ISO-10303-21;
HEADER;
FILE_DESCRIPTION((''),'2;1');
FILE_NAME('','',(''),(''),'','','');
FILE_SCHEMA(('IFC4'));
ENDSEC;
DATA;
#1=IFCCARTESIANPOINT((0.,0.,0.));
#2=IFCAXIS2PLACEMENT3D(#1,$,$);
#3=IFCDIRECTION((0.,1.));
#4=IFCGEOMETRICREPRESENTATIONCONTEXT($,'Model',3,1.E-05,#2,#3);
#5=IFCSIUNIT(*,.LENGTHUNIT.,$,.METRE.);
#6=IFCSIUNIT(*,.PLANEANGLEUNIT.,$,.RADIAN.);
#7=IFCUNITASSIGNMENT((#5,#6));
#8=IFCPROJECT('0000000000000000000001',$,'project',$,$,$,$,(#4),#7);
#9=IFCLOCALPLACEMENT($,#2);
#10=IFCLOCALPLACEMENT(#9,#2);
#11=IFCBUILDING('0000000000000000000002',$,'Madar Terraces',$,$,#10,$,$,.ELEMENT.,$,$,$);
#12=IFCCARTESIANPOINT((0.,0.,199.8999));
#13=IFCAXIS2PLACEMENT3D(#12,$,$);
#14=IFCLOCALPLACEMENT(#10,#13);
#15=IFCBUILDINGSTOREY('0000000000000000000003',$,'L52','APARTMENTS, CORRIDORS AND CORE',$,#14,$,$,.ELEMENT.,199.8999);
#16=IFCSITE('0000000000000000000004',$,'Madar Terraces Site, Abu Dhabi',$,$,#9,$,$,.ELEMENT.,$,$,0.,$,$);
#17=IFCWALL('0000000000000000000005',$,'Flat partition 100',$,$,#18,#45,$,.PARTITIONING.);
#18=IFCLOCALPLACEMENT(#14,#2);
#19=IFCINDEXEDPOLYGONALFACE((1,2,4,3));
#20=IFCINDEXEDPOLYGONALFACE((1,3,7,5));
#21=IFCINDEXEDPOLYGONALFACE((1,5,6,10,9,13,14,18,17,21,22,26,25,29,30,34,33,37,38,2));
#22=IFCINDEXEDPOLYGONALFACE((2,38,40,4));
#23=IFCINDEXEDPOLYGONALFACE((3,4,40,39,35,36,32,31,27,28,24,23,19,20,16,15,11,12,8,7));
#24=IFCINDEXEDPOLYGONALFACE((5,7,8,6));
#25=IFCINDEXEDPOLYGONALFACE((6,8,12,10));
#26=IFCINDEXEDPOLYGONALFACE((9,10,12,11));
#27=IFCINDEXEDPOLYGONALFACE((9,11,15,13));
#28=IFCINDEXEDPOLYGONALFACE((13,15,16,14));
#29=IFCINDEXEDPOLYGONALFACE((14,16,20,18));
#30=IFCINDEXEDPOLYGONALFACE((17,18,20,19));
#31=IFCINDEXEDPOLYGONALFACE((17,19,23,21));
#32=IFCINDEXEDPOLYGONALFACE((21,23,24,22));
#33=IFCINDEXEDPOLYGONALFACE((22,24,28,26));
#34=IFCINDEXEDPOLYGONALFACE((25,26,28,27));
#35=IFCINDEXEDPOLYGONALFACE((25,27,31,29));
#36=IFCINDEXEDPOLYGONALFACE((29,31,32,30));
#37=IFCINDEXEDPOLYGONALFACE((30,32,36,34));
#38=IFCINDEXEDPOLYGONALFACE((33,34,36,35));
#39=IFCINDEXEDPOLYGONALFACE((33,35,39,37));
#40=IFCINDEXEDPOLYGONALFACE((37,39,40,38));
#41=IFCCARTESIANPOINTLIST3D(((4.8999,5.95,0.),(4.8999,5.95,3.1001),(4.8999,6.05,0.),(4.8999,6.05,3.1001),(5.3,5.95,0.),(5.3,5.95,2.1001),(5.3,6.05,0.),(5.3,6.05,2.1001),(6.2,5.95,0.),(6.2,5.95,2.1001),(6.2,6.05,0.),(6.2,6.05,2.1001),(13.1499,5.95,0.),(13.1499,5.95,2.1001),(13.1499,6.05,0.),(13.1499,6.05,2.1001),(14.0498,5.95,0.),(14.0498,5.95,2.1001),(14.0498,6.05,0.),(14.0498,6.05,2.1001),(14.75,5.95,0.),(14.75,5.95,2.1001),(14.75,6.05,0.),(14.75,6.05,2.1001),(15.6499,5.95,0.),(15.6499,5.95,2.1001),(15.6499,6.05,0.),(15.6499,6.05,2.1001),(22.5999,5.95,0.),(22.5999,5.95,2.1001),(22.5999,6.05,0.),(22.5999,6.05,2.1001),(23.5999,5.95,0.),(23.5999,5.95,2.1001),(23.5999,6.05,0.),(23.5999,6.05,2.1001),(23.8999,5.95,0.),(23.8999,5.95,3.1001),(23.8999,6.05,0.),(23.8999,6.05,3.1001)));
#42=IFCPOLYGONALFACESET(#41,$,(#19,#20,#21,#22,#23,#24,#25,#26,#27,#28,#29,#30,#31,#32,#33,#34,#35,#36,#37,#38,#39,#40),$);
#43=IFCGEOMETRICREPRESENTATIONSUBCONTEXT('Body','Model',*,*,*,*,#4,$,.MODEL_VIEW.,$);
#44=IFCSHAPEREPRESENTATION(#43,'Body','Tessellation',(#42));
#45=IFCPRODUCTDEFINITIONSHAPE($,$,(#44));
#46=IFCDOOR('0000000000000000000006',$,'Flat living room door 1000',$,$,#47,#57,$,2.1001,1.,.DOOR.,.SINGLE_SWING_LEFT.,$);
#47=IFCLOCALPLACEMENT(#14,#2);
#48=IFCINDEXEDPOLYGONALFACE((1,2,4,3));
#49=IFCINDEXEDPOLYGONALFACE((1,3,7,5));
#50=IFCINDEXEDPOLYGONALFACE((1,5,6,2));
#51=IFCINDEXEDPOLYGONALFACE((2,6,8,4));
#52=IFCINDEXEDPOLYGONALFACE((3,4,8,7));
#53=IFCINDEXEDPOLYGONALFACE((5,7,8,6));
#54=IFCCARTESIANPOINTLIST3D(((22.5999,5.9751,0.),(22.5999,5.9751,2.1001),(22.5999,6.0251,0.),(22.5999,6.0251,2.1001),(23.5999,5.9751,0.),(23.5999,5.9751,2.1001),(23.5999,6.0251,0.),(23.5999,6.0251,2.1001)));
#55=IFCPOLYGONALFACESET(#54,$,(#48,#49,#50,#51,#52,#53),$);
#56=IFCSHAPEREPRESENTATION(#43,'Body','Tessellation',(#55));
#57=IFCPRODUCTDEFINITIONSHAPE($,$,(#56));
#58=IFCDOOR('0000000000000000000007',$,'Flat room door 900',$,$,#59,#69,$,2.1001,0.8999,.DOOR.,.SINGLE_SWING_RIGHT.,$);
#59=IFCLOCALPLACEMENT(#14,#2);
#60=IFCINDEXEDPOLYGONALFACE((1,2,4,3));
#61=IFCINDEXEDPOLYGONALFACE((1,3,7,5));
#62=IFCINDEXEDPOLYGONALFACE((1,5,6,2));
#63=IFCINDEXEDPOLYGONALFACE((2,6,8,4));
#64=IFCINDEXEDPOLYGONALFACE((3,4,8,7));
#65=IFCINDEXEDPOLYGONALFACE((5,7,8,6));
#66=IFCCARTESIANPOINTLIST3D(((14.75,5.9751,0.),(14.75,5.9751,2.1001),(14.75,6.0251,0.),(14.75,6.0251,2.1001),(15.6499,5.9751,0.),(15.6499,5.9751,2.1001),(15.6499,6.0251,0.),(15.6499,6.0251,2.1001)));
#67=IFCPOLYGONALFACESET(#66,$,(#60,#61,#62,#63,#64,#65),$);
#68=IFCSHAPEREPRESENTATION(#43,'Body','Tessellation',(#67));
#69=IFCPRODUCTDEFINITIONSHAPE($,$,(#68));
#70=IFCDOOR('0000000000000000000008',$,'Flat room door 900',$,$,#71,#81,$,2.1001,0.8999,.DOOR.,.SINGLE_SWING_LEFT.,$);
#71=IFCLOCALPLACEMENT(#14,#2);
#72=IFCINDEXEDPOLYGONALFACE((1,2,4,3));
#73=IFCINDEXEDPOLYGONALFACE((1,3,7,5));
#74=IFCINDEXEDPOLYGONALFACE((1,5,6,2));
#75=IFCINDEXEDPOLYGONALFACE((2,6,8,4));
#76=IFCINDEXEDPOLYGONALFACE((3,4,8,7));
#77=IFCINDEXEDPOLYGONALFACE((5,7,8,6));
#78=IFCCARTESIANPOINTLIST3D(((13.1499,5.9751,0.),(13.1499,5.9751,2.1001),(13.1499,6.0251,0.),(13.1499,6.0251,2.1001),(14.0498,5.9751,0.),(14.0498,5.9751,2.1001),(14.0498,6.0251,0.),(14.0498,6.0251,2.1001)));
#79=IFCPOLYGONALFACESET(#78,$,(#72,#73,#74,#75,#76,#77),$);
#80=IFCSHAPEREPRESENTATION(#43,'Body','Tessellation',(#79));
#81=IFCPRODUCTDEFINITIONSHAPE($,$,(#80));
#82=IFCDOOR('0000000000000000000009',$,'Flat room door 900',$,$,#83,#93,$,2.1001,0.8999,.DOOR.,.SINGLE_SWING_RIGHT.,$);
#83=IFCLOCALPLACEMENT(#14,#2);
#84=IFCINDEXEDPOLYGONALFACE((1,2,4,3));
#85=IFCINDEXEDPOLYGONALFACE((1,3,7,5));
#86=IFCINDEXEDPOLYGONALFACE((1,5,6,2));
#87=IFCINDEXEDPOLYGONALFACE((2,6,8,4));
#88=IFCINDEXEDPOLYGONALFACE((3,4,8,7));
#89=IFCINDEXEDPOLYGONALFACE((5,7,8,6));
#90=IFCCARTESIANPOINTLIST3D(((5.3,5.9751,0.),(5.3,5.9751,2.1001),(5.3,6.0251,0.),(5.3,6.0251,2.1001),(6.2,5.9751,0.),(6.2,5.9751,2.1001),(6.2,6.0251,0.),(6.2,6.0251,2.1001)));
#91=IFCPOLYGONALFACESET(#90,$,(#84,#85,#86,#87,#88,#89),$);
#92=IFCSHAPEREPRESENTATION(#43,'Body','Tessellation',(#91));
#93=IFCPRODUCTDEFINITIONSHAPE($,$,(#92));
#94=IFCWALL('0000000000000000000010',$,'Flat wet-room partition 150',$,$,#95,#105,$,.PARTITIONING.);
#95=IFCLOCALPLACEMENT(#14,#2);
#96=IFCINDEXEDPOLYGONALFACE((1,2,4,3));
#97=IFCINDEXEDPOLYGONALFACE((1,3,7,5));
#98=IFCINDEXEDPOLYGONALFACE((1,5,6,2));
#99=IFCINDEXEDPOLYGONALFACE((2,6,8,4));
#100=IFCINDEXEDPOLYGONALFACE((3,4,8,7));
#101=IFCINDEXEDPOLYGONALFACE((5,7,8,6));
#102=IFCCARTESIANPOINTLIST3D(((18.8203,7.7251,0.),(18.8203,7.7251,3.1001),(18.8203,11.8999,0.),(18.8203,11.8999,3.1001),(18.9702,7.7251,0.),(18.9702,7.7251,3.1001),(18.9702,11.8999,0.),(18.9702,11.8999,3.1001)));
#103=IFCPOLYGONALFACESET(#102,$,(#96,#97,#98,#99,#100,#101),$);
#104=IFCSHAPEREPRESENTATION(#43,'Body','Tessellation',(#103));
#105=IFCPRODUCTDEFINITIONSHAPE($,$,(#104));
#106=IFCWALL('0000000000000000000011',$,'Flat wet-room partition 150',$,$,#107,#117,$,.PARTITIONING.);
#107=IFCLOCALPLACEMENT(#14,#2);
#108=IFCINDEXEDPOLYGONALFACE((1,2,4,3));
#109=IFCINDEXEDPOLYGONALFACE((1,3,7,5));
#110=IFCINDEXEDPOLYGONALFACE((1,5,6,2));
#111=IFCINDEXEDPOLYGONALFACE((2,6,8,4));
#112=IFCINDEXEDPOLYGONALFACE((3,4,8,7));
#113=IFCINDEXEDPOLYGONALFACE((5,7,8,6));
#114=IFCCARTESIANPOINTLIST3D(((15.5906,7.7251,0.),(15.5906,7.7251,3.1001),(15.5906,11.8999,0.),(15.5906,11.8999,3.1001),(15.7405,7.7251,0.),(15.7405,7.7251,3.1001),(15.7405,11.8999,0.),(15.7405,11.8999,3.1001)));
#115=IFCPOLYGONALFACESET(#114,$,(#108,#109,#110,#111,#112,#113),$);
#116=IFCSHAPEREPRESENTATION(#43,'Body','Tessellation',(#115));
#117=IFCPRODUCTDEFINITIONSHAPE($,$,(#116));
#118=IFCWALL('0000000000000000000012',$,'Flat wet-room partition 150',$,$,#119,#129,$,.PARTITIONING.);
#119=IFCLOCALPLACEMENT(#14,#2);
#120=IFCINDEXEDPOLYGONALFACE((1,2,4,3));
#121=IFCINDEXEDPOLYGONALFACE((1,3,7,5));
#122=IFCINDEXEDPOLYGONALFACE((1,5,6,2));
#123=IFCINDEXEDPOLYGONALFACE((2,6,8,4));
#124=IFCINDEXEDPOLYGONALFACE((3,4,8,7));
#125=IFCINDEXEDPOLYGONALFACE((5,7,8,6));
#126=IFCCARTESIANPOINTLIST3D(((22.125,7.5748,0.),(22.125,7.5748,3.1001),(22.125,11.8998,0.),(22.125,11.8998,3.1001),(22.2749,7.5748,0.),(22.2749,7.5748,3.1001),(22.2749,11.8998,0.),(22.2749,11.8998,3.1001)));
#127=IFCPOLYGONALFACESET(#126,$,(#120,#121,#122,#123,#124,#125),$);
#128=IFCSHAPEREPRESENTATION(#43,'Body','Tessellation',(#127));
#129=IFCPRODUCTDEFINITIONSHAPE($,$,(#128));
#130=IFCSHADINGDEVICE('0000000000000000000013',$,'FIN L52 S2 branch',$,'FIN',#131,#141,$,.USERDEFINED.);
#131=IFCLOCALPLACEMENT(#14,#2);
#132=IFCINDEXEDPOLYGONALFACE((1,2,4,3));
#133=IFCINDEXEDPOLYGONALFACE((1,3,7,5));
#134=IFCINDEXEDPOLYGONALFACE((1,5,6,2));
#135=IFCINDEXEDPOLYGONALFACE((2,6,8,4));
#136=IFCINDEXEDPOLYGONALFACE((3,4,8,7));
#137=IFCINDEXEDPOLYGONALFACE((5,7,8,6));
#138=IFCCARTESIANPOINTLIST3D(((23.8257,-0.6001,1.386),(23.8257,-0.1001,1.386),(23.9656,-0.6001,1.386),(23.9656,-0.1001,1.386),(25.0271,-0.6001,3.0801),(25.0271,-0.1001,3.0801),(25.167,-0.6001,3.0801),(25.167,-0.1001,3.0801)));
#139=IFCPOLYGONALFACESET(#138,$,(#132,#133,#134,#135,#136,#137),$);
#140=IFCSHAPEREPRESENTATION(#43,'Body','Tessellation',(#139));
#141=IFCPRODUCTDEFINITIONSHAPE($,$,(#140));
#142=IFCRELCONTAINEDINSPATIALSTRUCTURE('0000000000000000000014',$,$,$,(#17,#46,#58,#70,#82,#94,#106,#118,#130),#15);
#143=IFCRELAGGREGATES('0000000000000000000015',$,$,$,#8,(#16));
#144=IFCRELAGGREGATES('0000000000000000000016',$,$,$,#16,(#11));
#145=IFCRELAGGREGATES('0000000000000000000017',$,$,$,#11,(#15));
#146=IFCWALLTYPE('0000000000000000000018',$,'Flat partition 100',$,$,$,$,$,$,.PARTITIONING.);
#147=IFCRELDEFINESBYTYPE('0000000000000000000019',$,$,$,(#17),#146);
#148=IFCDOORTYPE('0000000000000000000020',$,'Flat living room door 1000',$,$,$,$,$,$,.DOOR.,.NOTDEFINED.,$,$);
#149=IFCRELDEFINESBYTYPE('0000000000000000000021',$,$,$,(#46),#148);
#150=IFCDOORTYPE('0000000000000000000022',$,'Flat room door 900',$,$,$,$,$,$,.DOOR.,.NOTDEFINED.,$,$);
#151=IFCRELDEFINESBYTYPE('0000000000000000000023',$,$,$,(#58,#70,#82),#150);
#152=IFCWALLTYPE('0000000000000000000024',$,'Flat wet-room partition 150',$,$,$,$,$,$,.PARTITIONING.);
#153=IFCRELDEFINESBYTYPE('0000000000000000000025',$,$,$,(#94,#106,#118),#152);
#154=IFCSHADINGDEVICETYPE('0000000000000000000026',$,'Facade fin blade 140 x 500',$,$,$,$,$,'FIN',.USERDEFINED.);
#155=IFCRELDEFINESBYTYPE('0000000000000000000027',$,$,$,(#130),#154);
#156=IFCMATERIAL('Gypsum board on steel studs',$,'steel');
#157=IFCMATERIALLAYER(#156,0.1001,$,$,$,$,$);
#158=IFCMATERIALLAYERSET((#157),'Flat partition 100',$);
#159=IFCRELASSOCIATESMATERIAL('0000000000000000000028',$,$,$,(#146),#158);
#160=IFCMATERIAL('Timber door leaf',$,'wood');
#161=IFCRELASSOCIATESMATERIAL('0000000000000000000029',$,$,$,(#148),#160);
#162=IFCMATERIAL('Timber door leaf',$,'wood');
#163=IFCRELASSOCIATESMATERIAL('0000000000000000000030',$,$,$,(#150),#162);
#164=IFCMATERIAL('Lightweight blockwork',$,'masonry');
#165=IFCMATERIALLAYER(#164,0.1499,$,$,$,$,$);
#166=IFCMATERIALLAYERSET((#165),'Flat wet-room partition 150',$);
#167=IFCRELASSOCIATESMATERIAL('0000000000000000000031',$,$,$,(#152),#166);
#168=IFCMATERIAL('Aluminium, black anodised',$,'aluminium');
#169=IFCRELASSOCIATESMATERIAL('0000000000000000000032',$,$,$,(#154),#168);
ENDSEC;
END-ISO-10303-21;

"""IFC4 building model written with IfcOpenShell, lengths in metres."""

from ifc_helpers import new_model, si_unit, direction, frame, frame_2d, origin, place, context, subcontext, project, spatial, polyline, rectangle, outline, extrude, material, layer, layer_set, type_object, element, fill, save


model = new_model("IFC4")

# Units and contexts
model_context = context("Model", 3, precision=1e-05, world=origin(), true_north=direction((0.0, 1.0)))
body_context = subcontext(model_context, "Body", "Model", "MODEL_VIEW")
ifc_project = project(units=[si_unit("LENGTHUNIT", "METRE"), si_unit("PLANEANGLEUNIT", "RADIAN")], contexts=[model_context])

# Site, building, storey
site_placement = place(None, origin())
site = spatial("IfcSite", under=ifc_project, at=site_placement, Name="Madar Terraces Site, Abu Dhabi", CompositionType="ELEMENT", RefElevation=0.0)
building_placement = place(site_placement, origin())
building = spatial("IfcBuilding", under=site, at=building_placement, Name="Madar Terraces", CompositionType="ELEMENT")
storey_placement = place(building_placement, frame((0.0, 0.0, 199.8999)))
storey = spatial("IfcBuildingStorey", under=building, at=storey_placement, Name="L52", Description="APARTMENTS, CORRIDORS AND CORE", CompositionType="ELEMENT", Elevation=199.8999)

# Shared definitions
ifc_material_1 = material(Name="Gypsum board on steel studs", Category="steel")
ifc_layer_1 = layer(ifc_material_1, 0.1001)
ifc_layer_set_1 = layer_set([ifc_layer_1], Name="Flat partition 100")
wall_type_1 = type_object("IfcWallType", Name="Flat partition 100", PredefinedType="PARTITIONING", material=ifc_layer_set_1)

# Wall, openings, doors
wall_1_placement = place(storey_placement, frame((23.8999, 6.0, 0.0), z_axis=(0.0, 0.0, 1.0), x_axis=(-1.0, 0.0, 0.0)))
wall_1 = element("IfcWall", 1, at=wall_1_placement, inside=storey, type_object=wall_type_1, Name="Flat partition 100", PredefinedType="PARTITIONING", context=body_context, shape_type="SweptSolid", body=[
    extrude(rectangle(XDim=19.0, YDim=0.1001, at=frame_2d((9.5, 0.0))), origin(), (0.0, 0.0, 1.0), 3.1001),
])
opening_1_placement = place(wall_1_placement, frame((0.3, 0.0, 0.0)))
opening_1 = element("IfcOpeningElement", 2, at=opening_1_placement, cuts=wall_1, PredefinedType="OPENING", context=body_context, shape_type="SweptSolid", body=[
    extrude(rectangle(XDim=1.0, YDim=2.1001, at=frame_2d((0.5, 1.05))), frame((0.0, 0.0601, 0.0), z_axis=(0.0, -1.0, 0.0), x_axis=(1.0, 0.0, 0.0)), (0.0, 0.0, 1.0), 0.1201),
])
opening_2_placement = place(wall_1_placement, frame((8.25, 0.0, 0.0)))
opening_2 = element("IfcOpeningElement", 3, at=opening_2_placement, cuts=wall_1, PredefinedType="OPENING", context=body_context, shape_type="SweptSolid", body=[
    extrude(rectangle(XDim=0.8999, YDim=2.1001, at=frame_2d((0.45, 1.05))), frame((0.0, 0.0601, 0.0), z_axis=(0.0, -1.0, 0.0), x_axis=(1.0, 0.0, 0.0)), (0.0, 0.0, 1.0), 0.1201),
])
opening_3_placement = place(wall_1_placement, frame((9.8501, 0.0, 0.0)))
opening_3 = element("IfcOpeningElement", 4, at=opening_3_placement, cuts=wall_1, PredefinedType="OPENING", context=body_context, shape_type="SweptSolid", body=[
    extrude(rectangle(XDim=0.8999, YDim=2.1001, at=frame_2d((0.45, 1.05))), frame((0.0, 0.0601, 0.0), z_axis=(0.0, -1.0, 0.0), x_axis=(1.0, 0.0, 0.0)), (0.0, 0.0, 1.0), 0.1201),
])
opening_4_placement = place(wall_1_placement, frame((17.7, 0.0, 0.0)))
opening_4 = element("IfcOpeningElement", 5, at=opening_4_placement, cuts=wall_1, PredefinedType="OPENING", context=body_context, shape_type="SweptSolid", body=[
    extrude(rectangle(XDim=0.8999, YDim=2.1001, at=frame_2d((0.45, 1.05))), frame((0.0, 0.0601, 0.0), z_axis=(0.0, -1.0, 0.0), x_axis=(1.0, 0.0, 0.0)), (0.0, 0.0, 1.0), 0.1201),
])
ifc_material_2 = material(Name="Timber door leaf", Category="wood")
door_type_1 = type_object("IfcDoorType", Name="Flat living room door 1000", OperationType="NOTDEFINED", PredefinedType="DOOR", material=ifc_material_2)
door_1_placement = place(opening_1_placement, origin())
door_1 = element("IfcDoor", 6, at=door_1_placement, inside=storey, type_object=door_type_1, Name="Flat living room door 1000", OperationType="SINGLE_SWING_LEFT", OverallHeight=2.1001, OverallWidth=1.0, PredefinedType="DOOR", context=body_context, shape_type="SweptSolid", body=[
    extrude(rectangle(XDim=1.0, YDim=2.1001, at=frame_2d((0.5, 1.05))), frame((0.0, 0.0249, 0.0), z_axis=(0.0, -1.0, 0.0), x_axis=(1.0, 0.0, 0.0)), (0.0, 0.0, 1.0), 0.05),
])
fill(opening_1, door_1)
ifc_material_3 = material(Name="Timber door leaf", Category="wood")
door_type_2 = type_object("IfcDoorType", Name="Flat room door 900", OperationType="NOTDEFINED", PredefinedType="DOOR", material=ifc_material_3)
door_2_placement = place(opening_2_placement, origin())
door_2 = element("IfcDoor", 7, at=door_2_placement, inside=storey, type_object=door_type_2, Name="Flat room door 900", OperationType="SINGLE_SWING_RIGHT", OverallHeight=2.1001, OverallWidth=0.8999, PredefinedType="DOOR", context=body_context, shape_type="SweptSolid", body=[
    extrude(rectangle(XDim=0.8999, YDim=2.1001, at=frame_2d((0.45, 1.05))), frame((0.0, 0.0249, 0.0), z_axis=(0.0, -1.0, 0.0), x_axis=(1.0, 0.0, 0.0)), (0.0, 0.0, 1.0), 0.05),
])
fill(opening_2, door_2)
door_3_placement = place(opening_3_placement, origin())
door_3 = element("IfcDoor", 8, at=door_3_placement, inside=storey, type_object=door_type_2, Name="Flat room door 900", OperationType="SINGLE_SWING_LEFT", OverallHeight=2.1001, OverallWidth=0.8999, PredefinedType="DOOR", context=body_context, shape_type="SweptSolid", body=[
    extrude(rectangle(XDim=0.8999, YDim=2.1001, at=frame_2d((0.45, 1.05))), frame((0.0, 0.0249, 0.0), z_axis=(0.0, -1.0, 0.0), x_axis=(1.0, 0.0, 0.0)), (0.0, 0.0, 1.0), 0.05),
])
fill(opening_3, door_3)
door_4_placement = place(opening_4_placement, origin())
door_4 = element("IfcDoor", 9, at=door_4_placement, inside=storey, type_object=door_type_2, Name="Flat room door 900", OperationType="SINGLE_SWING_RIGHT", OverallHeight=2.1001, OverallWidth=0.8999, PredefinedType="DOOR", context=body_context, shape_type="SweptSolid", body=[
    extrude(rectangle(XDim=0.8999, YDim=2.1001, at=frame_2d((0.45, 1.05))), frame((0.0, 0.0249, 0.0), z_axis=(0.0, -1.0, 0.0), x_axis=(1.0, 0.0, 0.0)), (0.0, 0.0, 1.0), 0.05),
])
fill(opening_4, door_4)

# Walls
ifc_material_4 = material(Name="Lightweight blockwork", Category="masonry")
ifc_layer_2 = layer(ifc_material_4, 0.1499)
ifc_layer_set_2 = layer_set([ifc_layer_2], Name="Flat wet-room partition 150")
wall_type_2 = type_object("IfcWallType", Name="Flat wet-room partition 150", PredefinedType="PARTITIONING", material=ifc_layer_set_2)
for number, where, z_axis, x_axis, name in (
    (10, (18.8953, 11.8999, 0.0), (0.0, 0.0, 1.0), (0.0, -1.0, 0.0), "Flat wet-room partition 150"),
    (11, (15.6655, 11.8999, 0.0), (0.0, 0.0, 1.0), (0.0, -1.0, 0.0), "Flat wet-room partition 150"),
):
    element("IfcWall", number, at=place(storey_placement, frame(where, z_axis=z_axis, x_axis=x_axis)), inside=storey, type_object=wall_type_2, Name=name, PredefinedType="PARTITIONING", context=body_context, shape_type="SweptSolid", body=[
        extrude(rectangle(XDim=4.1748, YDim=0.1499, at=frame_2d((2.0874, 0.0))), origin(), (0.0, 0.0, 1.0), 3.1001),
    ])
wall_2_placement = place(storey_placement, frame((22.2, 11.8999, 0.0), z_axis=(0.0, 0.0, 1.0), x_axis=(0.0, -1.0, 0.0)))
element("IfcWall", 12, at=wall_2_placement, inside=storey, type_object=wall_type_2, Name="Flat wet-room partition 150", PredefinedType="PARTITIONING", context=body_context, shape_type="SweptSolid", body=[
    extrude(rectangle(XDim=4.325, YDim=0.1499, at=frame_2d((2.1626, 0.0))), origin(), (0.0, 0.0, 1.0), 3.1001),
])

# Shading device
ifc_material_5 = material(Name="Aluminium, black anodised", Category="aluminium")
shading_device_type = type_object("IfcShadingDeviceType", Name="Facade fin blade 140 x 500", ElementType="FIN", PredefinedType="USERDEFINED", material=ifc_material_5)
shading_device_placement = place(storey_placement, frame((23.8257, -0.3501, 1.386), z_axis=(0.0, 0.0, 1.0), x_axis=(1.0, 0.0, 0.0)))
element("IfcShadingDevice", 13, at=shading_device_placement, inside=storey, type_object=shading_device_type, Name="FIN L52 S2 branch", ObjectType="FIN", PredefinedType="USERDEFINED", context=body_context, shape_type="SweptSolid", body=[
    extrude(outline(polyline([(0.0, 0.0), (0.1399, 0.0), (1.3413, 1.6941), (1.2014, 1.6941), (0.0, 0.0)])), frame((0.0, 0.25, 0.0), z_axis=(0.0, -1.0, 0.0), x_axis=(1.0, 0.0, 0.0)), (0.0, 0.0, 1.0), 0.5),
])

save(model, "model.ifc")
